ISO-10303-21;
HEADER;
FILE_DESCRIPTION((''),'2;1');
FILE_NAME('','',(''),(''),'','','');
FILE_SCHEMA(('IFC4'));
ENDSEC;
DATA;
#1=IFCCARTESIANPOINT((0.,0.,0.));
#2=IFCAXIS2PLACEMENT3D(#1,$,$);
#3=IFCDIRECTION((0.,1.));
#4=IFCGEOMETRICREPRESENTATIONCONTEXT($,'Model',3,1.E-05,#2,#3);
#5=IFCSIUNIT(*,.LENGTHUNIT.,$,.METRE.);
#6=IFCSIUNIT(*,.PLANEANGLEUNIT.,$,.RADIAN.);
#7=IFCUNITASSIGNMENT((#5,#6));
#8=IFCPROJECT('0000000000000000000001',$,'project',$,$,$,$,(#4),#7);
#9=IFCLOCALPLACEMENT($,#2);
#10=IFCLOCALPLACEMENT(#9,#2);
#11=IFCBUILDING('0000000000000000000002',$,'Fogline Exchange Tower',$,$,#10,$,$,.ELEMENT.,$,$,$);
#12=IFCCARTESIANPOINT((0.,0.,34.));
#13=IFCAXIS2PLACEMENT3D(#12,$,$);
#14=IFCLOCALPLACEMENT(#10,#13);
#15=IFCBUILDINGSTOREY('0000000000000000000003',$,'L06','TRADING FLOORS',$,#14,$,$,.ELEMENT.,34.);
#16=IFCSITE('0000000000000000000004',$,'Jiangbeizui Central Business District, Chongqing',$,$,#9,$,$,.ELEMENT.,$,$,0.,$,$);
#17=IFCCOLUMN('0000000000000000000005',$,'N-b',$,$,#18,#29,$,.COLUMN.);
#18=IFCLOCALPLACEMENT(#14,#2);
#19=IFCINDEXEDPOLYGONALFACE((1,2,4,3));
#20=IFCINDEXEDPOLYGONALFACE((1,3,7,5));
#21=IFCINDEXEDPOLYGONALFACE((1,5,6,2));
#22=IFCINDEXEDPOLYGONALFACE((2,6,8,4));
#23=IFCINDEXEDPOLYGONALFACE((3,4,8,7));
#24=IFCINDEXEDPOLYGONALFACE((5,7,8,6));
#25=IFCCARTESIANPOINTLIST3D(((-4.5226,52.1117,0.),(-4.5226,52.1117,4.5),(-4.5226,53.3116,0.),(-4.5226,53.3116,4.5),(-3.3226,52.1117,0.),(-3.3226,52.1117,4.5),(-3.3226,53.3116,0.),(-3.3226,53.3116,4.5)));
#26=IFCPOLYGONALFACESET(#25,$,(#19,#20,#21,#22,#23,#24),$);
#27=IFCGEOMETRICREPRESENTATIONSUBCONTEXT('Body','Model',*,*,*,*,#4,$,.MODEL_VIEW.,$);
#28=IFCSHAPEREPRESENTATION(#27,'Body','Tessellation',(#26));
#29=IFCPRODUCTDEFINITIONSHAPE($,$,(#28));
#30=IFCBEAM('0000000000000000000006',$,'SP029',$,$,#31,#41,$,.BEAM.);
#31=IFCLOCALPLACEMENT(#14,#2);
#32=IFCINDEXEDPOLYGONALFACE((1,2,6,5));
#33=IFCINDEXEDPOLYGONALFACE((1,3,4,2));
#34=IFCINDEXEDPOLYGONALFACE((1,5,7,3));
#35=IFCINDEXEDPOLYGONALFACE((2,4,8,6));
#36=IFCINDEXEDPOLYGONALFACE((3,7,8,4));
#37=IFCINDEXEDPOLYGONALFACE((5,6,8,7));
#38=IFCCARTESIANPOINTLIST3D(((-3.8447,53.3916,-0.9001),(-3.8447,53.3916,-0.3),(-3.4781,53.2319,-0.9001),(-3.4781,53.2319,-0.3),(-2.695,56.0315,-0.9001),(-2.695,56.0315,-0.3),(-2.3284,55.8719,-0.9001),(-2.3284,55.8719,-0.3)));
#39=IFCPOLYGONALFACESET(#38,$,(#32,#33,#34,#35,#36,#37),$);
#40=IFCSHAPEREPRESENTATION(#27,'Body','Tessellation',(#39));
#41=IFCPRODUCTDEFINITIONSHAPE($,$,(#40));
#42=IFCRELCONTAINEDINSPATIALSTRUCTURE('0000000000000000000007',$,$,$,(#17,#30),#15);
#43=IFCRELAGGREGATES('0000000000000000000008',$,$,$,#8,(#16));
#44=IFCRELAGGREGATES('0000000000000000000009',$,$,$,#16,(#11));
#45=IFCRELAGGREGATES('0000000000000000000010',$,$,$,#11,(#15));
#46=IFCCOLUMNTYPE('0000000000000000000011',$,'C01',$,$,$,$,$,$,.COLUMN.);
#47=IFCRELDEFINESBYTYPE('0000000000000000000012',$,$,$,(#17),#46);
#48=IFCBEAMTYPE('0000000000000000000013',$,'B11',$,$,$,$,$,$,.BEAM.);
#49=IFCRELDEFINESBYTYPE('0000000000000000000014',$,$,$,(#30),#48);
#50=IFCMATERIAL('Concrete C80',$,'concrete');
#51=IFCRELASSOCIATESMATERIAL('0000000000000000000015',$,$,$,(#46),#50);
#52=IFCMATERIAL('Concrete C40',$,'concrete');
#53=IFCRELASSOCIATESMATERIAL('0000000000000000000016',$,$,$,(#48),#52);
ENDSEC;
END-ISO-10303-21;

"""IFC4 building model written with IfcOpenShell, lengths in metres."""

from ifc_helpers import new_model, si_unit, direction, frame, origin, origin_2d, place, context, subcontext, project, spatial, rectangle, extrude, material, material_profile, profile_set, type_object, element, save


model = new_model("IFC4")

# Units and contexts
model_context = context("Model", 3, precision=1e-05, world=origin(), true_north=direction((0.0, 1.0)))
body_context = subcontext(model_context, "Body", "Model", "MODEL_VIEW")
ifc_project = project(units=[si_unit("LENGTHUNIT", "METRE"), si_unit("PLANEANGLEUNIT", "RADIAN")], contexts=[model_context])

# Site, building, storey
site_placement = place(None, origin())
site = spatial("IfcSite", under=ifc_project, at=site_placement, Name="Jiangbeizui Central Business District, Chongqing", CompositionType="ELEMENT", RefElevation=0.0)
building_placement = place(site_placement, origin())
building = spatial("IfcBuilding", under=site, at=building_placement, Name="Fogline Exchange Tower", CompositionType="ELEMENT")
storey_placement = place(building_placement, frame((0.0, 0.0, 34.0)))
storey = spatial("IfcBuildingStorey", under=building, at=storey_placement, Name="L06", Description="TRADING FLOORS", CompositionType="ELEMENT", Elevation=34.0)

# Column
ifc_material_1 = material(Name="Concrete C80", Category="concrete")
ifc_material_profile_1 = material_profile(ifc_material_1, rectangle(XDim=1.2, YDim=1.2, at=origin_2d()), Name="RC 1200x1200")
ifc_profile_set_1 = profile_set([ifc_material_profile_1], Name="Concrete C80")
column_type = type_object("IfcColumnType", Name="C01", PredefinedType="COLUMN", material=ifc_profile_set_1)
column_placement = place(storey_placement, frame((-3.9226, 52.7117, 0.0), z_axis=(0.0, 0.0, 1.0), x_axis=(1.0, 0.0, 0.0)))
element("IfcColumn", 1, at=column_placement, inside=storey, type_object=column_type, Name="N-b", PredefinedType="COLUMN", context=body_context, shape_type="SweptSolid", body=[
    extrude(rectangle(XDim=1.2, YDim=1.2, at=origin_2d()), origin(), (0.0, 0.0, 1.0), 4.5),
])

# Beam
ifc_material_2 = material(Name="Concrete C40", Category="concrete")
ifc_material_profile_2 = material_profile(ifc_material_2, rectangle(XDim=0.3999, YDim=0.6001, at=origin_2d()), Name="RC 400x600")
ifc_profile_set_2 = profile_set([ifc_material_profile_2], Name="Concrete C40")
beam_type = type_object("IfcBeamType", Name="B11", PredefinedType="BEAM", material=ifc_profile_set_2)
beam_placement = place(storey_placement, frame((-3.6614, 53.3118, -0.6001), z_axis=(0.399275, 0.916831, 0.0), x_axis=(-0.916831, 0.399275, 0.0)))
element("IfcBeam", 2, at=beam_placement, inside=storey, type_object=beam_type, Name="SP029", PredefinedType="BEAM", context=body_context, shape_type="SweptSolid", body=[
    extrude(rectangle(XDim=0.3999, YDim=0.6001, at=origin_2d()), origin(), (0.0, 0.0, 1.0), 2.8794),
])

save(model, "model.ifc")
